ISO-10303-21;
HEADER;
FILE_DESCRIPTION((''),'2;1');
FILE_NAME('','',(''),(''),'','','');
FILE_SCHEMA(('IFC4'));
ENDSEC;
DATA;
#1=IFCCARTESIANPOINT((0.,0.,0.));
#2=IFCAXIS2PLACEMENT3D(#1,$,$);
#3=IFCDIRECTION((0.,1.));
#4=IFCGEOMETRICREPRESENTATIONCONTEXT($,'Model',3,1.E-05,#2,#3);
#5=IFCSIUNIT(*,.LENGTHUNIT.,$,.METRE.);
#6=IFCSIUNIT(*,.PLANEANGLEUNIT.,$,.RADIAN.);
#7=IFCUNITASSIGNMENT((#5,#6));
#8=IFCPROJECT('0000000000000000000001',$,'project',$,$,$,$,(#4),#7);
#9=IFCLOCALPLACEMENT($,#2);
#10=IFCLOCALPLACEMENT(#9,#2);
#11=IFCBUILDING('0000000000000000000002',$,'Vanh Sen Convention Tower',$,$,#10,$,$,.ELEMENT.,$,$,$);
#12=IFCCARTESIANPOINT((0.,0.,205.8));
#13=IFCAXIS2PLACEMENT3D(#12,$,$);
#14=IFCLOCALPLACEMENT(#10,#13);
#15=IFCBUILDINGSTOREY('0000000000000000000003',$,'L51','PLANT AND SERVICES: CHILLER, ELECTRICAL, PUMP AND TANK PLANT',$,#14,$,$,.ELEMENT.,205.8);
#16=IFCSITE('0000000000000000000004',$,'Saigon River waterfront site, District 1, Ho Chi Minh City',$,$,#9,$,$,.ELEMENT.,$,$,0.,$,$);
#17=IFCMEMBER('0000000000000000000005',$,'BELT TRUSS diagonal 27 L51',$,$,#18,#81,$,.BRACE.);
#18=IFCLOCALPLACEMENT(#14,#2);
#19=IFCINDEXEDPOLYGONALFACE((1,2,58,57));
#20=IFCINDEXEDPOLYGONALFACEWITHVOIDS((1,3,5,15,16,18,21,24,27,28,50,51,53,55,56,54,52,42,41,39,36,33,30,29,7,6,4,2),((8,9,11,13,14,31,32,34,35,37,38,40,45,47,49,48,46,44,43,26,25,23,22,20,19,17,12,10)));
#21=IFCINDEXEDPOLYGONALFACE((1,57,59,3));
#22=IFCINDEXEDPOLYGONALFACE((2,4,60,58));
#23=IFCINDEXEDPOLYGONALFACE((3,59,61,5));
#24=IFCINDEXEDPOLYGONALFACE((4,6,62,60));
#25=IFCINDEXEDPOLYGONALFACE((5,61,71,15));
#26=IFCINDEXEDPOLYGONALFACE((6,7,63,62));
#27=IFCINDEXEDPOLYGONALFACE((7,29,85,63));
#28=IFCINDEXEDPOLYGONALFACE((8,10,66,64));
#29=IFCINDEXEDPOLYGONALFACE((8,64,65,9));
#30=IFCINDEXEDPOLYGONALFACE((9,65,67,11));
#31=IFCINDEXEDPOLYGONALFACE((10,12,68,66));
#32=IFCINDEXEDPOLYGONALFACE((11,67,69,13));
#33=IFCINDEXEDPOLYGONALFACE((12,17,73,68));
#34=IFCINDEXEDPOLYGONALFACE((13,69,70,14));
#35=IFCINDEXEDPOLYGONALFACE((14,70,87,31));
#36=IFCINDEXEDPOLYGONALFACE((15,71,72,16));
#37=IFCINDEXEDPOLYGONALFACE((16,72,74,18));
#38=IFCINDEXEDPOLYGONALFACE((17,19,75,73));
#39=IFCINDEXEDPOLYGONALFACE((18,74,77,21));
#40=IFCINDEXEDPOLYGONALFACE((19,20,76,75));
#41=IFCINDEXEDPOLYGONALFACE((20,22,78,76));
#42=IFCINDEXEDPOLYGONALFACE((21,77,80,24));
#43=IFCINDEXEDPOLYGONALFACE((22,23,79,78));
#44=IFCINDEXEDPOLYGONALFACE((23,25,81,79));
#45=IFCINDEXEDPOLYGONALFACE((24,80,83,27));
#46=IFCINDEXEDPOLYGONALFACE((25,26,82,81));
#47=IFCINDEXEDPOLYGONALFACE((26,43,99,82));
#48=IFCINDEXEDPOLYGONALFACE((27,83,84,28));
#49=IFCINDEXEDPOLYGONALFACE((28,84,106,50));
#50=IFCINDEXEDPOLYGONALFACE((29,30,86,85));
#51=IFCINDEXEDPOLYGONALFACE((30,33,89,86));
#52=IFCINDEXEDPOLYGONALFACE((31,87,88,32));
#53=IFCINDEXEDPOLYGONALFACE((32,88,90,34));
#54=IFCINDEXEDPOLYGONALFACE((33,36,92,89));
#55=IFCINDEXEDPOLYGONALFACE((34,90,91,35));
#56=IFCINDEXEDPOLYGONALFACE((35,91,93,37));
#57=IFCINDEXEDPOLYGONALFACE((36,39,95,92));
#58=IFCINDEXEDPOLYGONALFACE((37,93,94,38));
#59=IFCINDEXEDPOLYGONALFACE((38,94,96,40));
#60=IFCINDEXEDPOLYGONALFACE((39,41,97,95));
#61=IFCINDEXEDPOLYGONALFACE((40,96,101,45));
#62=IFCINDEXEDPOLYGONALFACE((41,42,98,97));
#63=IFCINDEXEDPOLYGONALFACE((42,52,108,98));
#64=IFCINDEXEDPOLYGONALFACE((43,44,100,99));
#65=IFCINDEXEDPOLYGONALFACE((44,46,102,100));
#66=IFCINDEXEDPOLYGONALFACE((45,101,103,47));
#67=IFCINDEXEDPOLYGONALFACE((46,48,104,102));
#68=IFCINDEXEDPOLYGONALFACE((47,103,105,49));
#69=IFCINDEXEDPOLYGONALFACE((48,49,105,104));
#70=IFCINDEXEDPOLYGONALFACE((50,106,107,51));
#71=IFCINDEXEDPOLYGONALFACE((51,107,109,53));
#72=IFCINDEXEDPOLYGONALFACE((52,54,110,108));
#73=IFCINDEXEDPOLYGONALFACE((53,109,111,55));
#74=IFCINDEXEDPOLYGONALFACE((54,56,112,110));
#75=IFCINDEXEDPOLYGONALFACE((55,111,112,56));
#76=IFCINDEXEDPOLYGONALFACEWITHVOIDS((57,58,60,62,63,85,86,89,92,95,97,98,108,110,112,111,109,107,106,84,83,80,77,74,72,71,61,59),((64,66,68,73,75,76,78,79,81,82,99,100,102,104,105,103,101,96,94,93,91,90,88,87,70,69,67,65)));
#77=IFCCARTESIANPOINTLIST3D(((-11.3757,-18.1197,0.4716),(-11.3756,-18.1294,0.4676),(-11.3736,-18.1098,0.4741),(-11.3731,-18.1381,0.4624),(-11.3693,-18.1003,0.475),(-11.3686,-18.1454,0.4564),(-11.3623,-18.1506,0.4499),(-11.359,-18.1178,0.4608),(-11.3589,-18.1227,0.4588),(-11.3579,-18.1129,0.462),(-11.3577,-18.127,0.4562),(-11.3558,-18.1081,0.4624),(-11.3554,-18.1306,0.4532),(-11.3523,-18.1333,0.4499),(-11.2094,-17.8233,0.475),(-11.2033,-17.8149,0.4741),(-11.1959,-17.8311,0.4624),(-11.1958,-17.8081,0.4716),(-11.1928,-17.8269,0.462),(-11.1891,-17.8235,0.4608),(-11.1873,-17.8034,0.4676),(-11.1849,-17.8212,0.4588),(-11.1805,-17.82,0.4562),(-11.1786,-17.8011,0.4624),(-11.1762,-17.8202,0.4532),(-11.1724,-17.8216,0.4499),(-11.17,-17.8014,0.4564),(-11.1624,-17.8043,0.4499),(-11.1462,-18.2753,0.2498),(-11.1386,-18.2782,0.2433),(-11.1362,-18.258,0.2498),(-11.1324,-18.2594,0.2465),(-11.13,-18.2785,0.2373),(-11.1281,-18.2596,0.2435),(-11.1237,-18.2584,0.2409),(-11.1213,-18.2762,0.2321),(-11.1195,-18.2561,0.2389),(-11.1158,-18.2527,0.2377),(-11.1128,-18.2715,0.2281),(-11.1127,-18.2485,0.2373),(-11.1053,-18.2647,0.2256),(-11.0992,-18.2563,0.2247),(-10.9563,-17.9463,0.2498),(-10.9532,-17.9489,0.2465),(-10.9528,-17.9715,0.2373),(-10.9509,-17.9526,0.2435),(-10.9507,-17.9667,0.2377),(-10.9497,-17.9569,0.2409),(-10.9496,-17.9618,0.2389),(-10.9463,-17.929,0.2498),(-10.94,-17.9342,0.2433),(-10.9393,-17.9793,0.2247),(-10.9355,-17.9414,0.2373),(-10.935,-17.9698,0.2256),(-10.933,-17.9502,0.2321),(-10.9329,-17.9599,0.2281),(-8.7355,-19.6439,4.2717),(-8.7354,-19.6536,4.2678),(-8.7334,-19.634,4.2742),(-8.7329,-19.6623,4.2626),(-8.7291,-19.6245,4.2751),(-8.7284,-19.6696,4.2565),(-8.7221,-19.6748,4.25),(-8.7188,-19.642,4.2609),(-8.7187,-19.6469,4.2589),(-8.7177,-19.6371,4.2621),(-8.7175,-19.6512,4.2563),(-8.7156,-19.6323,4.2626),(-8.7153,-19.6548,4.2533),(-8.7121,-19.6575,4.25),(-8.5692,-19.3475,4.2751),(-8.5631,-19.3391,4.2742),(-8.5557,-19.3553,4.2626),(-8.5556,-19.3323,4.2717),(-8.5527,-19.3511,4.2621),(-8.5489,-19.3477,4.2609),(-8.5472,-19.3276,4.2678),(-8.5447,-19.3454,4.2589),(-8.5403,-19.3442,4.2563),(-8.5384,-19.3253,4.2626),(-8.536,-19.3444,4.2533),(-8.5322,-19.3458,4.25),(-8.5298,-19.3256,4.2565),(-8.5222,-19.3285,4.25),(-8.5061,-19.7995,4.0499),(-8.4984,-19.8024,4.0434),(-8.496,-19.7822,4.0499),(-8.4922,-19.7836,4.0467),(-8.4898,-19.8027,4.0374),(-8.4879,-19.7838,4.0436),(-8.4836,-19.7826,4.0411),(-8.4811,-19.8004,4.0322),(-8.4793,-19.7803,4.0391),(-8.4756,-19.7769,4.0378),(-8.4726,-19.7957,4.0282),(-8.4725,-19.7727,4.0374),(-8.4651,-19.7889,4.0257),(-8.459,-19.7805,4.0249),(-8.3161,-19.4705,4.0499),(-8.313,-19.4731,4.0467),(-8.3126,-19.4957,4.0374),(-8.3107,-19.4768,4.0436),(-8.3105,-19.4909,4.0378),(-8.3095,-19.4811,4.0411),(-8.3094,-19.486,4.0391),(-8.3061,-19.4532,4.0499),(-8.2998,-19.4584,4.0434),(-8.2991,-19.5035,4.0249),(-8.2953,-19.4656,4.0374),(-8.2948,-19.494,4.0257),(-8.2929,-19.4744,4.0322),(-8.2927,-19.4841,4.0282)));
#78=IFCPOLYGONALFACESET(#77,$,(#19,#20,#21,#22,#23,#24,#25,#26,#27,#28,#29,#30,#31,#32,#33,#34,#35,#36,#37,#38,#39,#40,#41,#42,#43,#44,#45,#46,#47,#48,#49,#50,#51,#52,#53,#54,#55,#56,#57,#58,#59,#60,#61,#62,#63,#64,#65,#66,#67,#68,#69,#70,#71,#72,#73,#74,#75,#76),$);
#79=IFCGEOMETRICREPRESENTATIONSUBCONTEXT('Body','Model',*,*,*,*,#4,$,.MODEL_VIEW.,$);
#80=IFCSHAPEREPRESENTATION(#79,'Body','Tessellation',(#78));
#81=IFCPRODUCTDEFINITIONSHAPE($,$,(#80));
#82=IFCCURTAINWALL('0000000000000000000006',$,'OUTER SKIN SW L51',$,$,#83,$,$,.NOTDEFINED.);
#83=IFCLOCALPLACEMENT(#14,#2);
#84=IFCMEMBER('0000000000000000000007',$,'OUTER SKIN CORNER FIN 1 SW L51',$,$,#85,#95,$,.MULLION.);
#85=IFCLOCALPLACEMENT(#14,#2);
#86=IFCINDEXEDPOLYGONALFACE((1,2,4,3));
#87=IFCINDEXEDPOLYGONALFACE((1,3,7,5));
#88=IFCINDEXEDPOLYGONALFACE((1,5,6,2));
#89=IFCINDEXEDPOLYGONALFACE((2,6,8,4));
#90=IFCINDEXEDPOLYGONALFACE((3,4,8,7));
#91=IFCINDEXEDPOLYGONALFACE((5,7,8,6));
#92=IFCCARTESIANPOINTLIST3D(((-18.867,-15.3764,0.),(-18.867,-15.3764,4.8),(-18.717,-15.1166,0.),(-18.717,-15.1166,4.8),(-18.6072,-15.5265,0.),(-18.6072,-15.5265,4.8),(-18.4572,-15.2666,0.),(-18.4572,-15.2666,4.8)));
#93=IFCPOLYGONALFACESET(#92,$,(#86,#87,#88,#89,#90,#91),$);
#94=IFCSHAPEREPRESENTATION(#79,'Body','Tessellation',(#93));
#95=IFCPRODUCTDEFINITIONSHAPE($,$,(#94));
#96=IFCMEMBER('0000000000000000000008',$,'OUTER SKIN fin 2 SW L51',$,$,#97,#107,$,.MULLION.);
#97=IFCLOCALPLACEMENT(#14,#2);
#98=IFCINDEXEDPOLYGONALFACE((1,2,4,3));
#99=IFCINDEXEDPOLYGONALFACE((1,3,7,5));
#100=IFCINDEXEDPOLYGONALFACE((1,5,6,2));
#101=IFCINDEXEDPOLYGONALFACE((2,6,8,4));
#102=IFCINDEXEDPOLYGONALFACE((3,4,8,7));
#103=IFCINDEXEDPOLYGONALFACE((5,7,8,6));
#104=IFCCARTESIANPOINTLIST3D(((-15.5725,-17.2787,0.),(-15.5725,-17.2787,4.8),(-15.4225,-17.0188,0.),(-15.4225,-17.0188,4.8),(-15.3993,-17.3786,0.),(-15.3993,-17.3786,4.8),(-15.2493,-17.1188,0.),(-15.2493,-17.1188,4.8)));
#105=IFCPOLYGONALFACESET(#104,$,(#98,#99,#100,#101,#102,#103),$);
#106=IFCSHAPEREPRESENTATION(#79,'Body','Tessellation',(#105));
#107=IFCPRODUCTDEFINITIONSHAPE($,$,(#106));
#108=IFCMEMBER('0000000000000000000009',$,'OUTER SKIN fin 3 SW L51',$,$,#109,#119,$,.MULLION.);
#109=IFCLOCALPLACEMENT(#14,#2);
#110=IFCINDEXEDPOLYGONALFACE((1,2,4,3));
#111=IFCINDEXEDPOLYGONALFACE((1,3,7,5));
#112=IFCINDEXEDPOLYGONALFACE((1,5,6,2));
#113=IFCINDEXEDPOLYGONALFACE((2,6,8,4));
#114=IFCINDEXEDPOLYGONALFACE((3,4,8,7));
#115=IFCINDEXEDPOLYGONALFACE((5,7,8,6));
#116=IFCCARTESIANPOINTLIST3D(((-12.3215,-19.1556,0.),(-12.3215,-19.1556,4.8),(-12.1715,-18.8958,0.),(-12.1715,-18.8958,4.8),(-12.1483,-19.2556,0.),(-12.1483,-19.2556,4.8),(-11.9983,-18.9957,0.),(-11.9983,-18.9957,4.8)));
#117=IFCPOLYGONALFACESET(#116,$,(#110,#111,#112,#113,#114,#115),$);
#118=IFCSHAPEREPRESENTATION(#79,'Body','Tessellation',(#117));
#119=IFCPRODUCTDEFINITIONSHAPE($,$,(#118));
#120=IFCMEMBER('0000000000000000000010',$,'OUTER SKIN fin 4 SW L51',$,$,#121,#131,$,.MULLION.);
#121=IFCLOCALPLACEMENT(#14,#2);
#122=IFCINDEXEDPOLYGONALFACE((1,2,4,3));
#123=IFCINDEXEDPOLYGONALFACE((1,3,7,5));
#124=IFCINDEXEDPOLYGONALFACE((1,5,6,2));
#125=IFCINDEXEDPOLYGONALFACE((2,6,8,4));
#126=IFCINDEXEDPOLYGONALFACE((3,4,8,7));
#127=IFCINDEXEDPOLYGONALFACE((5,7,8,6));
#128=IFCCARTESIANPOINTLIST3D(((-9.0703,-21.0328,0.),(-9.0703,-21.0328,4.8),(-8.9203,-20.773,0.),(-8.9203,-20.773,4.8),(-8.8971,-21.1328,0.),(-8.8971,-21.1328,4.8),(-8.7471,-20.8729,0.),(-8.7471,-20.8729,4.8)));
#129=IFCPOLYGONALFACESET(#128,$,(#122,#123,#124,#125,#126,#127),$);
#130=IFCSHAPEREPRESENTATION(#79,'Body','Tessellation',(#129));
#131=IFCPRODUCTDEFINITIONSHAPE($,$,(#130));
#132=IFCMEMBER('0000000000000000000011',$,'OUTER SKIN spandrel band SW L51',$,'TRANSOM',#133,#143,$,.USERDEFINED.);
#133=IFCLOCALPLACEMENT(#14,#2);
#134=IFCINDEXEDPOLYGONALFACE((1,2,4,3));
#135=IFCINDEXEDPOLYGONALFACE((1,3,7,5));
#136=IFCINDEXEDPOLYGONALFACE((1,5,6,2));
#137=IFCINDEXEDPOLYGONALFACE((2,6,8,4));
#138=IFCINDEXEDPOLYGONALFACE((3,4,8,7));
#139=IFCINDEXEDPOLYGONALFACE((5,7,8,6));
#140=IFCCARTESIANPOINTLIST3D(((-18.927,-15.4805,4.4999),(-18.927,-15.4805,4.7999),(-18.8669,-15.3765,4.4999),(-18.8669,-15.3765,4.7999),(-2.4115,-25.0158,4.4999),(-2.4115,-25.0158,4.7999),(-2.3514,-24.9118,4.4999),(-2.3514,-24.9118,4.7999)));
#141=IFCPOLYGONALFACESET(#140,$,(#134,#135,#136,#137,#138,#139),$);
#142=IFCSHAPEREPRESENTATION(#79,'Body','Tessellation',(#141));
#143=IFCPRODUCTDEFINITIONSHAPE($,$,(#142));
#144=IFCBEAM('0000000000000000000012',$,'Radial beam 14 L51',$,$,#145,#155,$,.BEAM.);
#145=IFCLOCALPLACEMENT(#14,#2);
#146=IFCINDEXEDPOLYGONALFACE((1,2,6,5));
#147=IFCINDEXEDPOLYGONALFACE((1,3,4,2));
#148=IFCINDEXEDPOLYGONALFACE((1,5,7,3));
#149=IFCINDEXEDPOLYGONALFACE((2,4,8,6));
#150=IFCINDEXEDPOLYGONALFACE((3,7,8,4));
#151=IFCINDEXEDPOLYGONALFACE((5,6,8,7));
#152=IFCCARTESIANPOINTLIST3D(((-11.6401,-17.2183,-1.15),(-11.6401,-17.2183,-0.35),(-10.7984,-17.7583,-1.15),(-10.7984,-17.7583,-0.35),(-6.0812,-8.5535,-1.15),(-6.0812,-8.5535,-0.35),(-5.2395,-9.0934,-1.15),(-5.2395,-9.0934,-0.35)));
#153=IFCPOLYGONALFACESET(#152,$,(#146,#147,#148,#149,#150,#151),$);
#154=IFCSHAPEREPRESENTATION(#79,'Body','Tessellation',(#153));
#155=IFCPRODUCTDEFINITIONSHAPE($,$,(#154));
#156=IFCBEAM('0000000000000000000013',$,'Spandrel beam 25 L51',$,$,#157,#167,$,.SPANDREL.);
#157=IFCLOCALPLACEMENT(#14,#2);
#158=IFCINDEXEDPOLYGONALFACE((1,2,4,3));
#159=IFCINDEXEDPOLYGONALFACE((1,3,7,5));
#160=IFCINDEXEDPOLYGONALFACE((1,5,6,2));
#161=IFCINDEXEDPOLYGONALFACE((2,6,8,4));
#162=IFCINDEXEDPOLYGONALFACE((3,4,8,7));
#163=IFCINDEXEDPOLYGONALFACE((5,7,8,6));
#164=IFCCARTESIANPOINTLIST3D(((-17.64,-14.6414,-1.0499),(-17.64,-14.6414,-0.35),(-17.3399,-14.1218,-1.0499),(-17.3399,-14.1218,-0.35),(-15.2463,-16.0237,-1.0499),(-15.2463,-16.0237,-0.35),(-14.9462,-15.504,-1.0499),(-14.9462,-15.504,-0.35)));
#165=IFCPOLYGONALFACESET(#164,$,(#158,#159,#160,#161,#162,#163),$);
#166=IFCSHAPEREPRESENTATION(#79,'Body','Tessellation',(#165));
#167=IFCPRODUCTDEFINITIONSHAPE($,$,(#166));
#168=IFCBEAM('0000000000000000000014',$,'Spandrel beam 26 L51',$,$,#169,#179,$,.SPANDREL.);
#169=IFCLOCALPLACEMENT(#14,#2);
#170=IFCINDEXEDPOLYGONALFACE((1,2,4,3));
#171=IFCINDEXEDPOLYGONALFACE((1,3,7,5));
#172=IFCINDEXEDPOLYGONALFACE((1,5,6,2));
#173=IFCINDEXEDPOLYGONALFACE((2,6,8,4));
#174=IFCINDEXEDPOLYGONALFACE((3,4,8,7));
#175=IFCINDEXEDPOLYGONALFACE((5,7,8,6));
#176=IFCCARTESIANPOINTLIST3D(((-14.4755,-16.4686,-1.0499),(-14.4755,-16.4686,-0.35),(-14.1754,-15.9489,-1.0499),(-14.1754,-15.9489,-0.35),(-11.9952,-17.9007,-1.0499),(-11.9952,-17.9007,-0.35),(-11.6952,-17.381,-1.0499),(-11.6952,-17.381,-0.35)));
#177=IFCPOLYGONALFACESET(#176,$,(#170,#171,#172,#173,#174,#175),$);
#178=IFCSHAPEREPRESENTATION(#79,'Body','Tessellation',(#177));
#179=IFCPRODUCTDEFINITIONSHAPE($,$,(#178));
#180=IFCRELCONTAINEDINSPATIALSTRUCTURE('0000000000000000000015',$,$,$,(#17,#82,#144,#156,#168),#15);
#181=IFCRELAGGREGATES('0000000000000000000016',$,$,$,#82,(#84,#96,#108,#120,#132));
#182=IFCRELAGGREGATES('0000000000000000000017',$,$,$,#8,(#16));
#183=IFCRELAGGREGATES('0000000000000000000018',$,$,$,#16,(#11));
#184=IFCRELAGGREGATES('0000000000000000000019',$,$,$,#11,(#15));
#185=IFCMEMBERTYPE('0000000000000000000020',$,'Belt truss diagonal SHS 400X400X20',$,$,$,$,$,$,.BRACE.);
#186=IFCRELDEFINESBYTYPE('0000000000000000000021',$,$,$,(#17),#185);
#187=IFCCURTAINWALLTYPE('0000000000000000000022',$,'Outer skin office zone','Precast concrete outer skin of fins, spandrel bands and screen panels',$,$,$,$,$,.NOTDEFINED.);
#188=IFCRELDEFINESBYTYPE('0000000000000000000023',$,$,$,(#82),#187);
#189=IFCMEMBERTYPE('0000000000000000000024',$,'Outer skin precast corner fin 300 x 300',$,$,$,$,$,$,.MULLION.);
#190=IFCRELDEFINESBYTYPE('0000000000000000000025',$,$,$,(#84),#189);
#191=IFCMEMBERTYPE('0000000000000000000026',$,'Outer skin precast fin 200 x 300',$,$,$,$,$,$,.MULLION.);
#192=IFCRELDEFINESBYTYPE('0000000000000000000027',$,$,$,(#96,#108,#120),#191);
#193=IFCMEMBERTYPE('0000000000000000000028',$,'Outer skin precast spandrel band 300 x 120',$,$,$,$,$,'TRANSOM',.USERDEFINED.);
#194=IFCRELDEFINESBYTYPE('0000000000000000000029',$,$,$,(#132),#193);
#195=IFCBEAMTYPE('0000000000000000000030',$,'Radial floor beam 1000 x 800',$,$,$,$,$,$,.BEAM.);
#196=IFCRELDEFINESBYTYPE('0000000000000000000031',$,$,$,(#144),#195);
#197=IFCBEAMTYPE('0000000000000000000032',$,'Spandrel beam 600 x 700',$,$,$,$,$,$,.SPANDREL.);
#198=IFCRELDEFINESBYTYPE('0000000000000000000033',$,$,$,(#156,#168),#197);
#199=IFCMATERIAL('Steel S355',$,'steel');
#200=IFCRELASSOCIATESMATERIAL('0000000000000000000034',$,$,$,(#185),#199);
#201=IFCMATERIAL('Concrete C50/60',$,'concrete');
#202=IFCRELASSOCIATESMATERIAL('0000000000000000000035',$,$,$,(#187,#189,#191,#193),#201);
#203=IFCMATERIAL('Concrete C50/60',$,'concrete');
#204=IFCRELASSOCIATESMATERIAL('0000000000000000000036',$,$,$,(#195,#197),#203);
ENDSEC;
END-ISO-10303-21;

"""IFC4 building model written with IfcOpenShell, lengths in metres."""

from ifc_helpers import new_model, si_unit, direction, frame, origin, origin_2d, place, context, subcontext, project, spatial, rectangle, hollow_rectangle, extrude, material, material_profile, profile_set, type_object, element, aggregate, save


model = new_model("IFC4")

# Units and contexts
model_context = context("Model", 3, precision=1e-05, world=origin(), true_north=direction((0.0, 1.0)))
body_context = subcontext(model_context, "Body", "Model", "MODEL_VIEW")
ifc_project = project(units=[si_unit("LENGTHUNIT", "METRE"), si_unit("PLANEANGLEUNIT", "RADIAN")], contexts=[model_context])

# Site, building, storey
site_placement = place(None, origin())
site = spatial("IfcSite", under=ifc_project, at=site_placement, Name="Saigon River waterfront site, District 1, Ho Chi Minh City", CompositionType="ELEMENT", RefElevation=0.0)
building_placement = place(site_placement, origin())
building = spatial("IfcBuilding", under=site, at=building_placement, Name="Vanh Sen Convention Tower", CompositionType="ELEMENT")
storey_placement = place(building_placement, frame((0.0, 0.0, 205.8)))
storey = spatial("IfcBuildingStorey", under=building, at=storey_placement, Name="L51", Description="PLANT AND SERVICES: CHILLER, ELECTRICAL, PUMP AND TANK PLANT", CompositionType="ELEMENT", Elevation=205.8)

# Member
ifc_material_1 = material(Name="Steel S355", Category="steel")
ifc_material_profile_1 = material_profile(ifc_material_1, hollow_rectangle(XDim=0.3999, YDim=0.3999, WallThickness=0.02, InnerFilletRadius=0.02, OuterFilletRadius=0.04, at=origin_2d()), Name="SHS 400X400X20")
ifc_profile_set_1 = profile_set([ifc_material_profile_1], Name="Steel S355")
member_type_1 = type_object("IfcMemberType", Name="Belt truss diagonal SHS 400X400X20", PredefinedType="BRACE", material=ifc_profile_set_1)
for number, where, z_axis, x_axis, name in (
    (1, (-11.1543, -18.0398, 0.3499), (0.54193, -0.31286, 0.78002), (0.499972, 0.866042, 0.0), "BELT TRUSS diagonal 27 L51"),
):
    element("IfcMember", number, at=place(storey_placement, frame(where, z_axis=z_axis, x_axis=x_axis)), inside=storey, type_object=member_type_1, Name=name, PredefinedType="BRACE", context=body_context, shape_type="SweptSolid", body=[
        extrude(hollow_rectangle(XDim=0.3999, YDim=0.3999, WallThickness=0.02, InnerFilletRadius=0.02, OuterFilletRadius=0.04, at=origin_2d()), origin(), (0.0, 0.0, 1.0), 4.8718),
    ])

# Curtain wall, members
ifc_material_2 = material(Name="Concrete C50/60", Category="concrete")
curtain_wall_type = type_object("IfcCurtainWallType", Name="Outer skin office zone", Description="Precast concrete outer skin of fins, spandrel bands and screen panels", PredefinedType="NOTDEFINED", material=ifc_material_2)
curtain_wall_placement = place(storey_placement, origin())
curtain_wall = element("IfcCurtainWall", 2, at=curtain_wall_placement, inside=storey, type_object=curtain_wall_type, Name="OUTER SKIN SW L51", PredefinedType="NOTDEFINED")
ifc_material_profile_2 = material_profile(ifc_material_2, rectangle(XDim=0.3, YDim=0.3, at=origin_2d()), Name="Outer skin precast corner fin 300 x 300")
ifc_profile_set_2 = profile_set([ifc_material_profile_2], Name="Concrete C50/60")
member_type_2 = type_object("IfcMemberType", Name="Outer skin precast corner fin 300 x 300", PredefinedType="MULLION", material=ifc_profile_set_2)
member_1_placement = place(storey_placement, frame((-18.6621, -15.3215, 0.0), z_axis=(0.0, 0.0, 1.0), x_axis=(0.866025, -0.5, 0.0)))
member_1 = element("IfcMember", 3, at=member_1_placement, type_object=member_type_2, Name="OUTER SKIN CORNER FIN 1 SW L51", PredefinedType="MULLION", context=body_context, shape_type="SweptSolid", body=[
    extrude(rectangle(XDim=0.3, YDim=0.3, at=origin_2d()), origin(), (0.0, 0.0, 1.0), 4.8),
])
ifc_material_profile_3 = material_profile(ifc_material_2, rectangle(XDim=0.2, YDim=0.3, at=origin_2d()), Name="Outer skin precast fin 200 x 300")
ifc_profile_set_3 = profile_set([ifc_material_profile_3], Name="Concrete C50/60")
member_type_3 = type_object("IfcMemberType", Name="Outer skin precast fin 200 x 300", PredefinedType="MULLION", material=ifc_profile_set_3)
member_2_placement = place(storey_placement, frame((-15.4109, -17.1987, 0.0), z_axis=(0.0, 0.0, 1.0), x_axis=(0.866025, -0.5, 0.0)))
member_2 = element("IfcMember", 4, at=member_2_placement, type_object=member_type_3, Name="OUTER SKIN fin 2 SW L51", PredefinedType="MULLION", context=body_context, shape_type="SweptSolid", body=[
    extrude(rectangle(XDim=0.2, YDim=0.3, at=origin_2d()), origin(), (0.0, 0.0, 1.0), 4.8),
])
member_3_placement = place(storey_placement, frame((-12.1599, -19.0757, 0.0), z_axis=(0.0, 0.0, 1.0), x_axis=(0.866025, -0.5, 0.0)))
member_3 = element("IfcMember", 5, at=member_3_placement, type_object=member_type_3, Name="OUTER SKIN fin 3 SW L51", PredefinedType="MULLION", context=body_context, shape_type="SweptSolid", body=[
    extrude(rectangle(XDim=0.2, YDim=0.3, at=origin_2d()), origin(), (0.0, 0.0, 1.0), 4.8),
])
member_4_placement = place(storey_placement, frame((-8.9087, -20.9529, 0.0), z_axis=(0.0, 0.0, 1.0), x_axis=(0.866025, -0.5, 0.0)))
member_4 = element("IfcMember", 6, at=member_4_placement, type_object=member_type_3, Name="OUTER SKIN fin 4 SW L51", PredefinedType="MULLION", context=body_context, shape_type="SweptSolid", body=[
    extrude(rectangle(XDim=0.2, YDim=0.3, at=origin_2d()), origin(), (0.0, 0.0, 1.0), 4.8),
])
ifc_material_profile_4 = material_profile(ifc_material_2, rectangle(XDim=0.1201, YDim=0.3, at=origin_2d()), Name="Outer skin precast spandrel band 300 x 120")
ifc_profile_set_4 = profile_set([ifc_material_profile_4], Name="Concrete C50/60")
member_type_4 = type_object("IfcMemberType", Name="Outer skin precast spandrel band 300 x 120", ElementType="TRANSOM", PredefinedType="USERDEFINED", material=ifc_profile_set_4)
member_5_placement = place(storey_placement, frame((-18.897, -15.4285, 4.6499), z_axis=(0.866023, -0.500004, 0.0), x_axis=(0.500004, 0.866023, 0.0)))
member_5 = element("IfcMember", 7, at=member_5_placement, type_object=member_type_4, Name="OUTER SKIN spandrel band SW L51", ObjectType="TRANSOM", PredefinedType="USERDEFINED", context=body_context, shape_type="SweptSolid", body=[
    extrude(rectangle(XDim=0.1201, YDim=0.3, at=origin_2d()), origin(), (0.0, 0.0, 1.0), 19.0706),
])

# Beams
ifc_material_3 = material(Name="Concrete C50/60", Category="concrete")
ifc_material_profile_5 = material_profile(ifc_material_3, rectangle(XDim=1.0, YDim=0.8, at=origin_2d()), Name="RC 1000X800")
ifc_profile_set_5 = profile_set([ifc_material_profile_5], Name="Concrete C50/60")
beam_type_1 = type_object("IfcBeamType", Name="Radial floor beam 1000 x 800", PredefinedType="BEAM", material=ifc_profile_set_5)
beam_1_placement = place(storey_placement, frame((-11.2192, -17.4883, -0.75), z_axis=(0.539975, 0.841681, 0.0), x_axis=(-0.841681, 0.539975, 0.0)))
element("IfcBeam", 8, at=beam_1_placement, inside=storey, type_object=beam_type_1, Name="Radial beam 14 L51", PredefinedType="BEAM", context=body_context, shape_type="SweptSolid", body=[
    extrude(rectangle(XDim=1.0, YDim=0.8, at=origin_2d()), origin(), (0.0, 0.0, 1.0), 10.2947),
])
ifc_material_profile_6 = material_profile(ifc_material_3, rectangle(XDim=0.6001, YDim=0.7, at=origin_2d()), Name="RC 600X700")
ifc_profile_set_6 = profile_set([ifc_material_profile_6], Name="Concrete C50/60")
beam_type_2 = type_object("IfcBeamType", Name="Spandrel beam 600 x 700", PredefinedType="SPANDREL", material=ifc_profile_set_6)
beam_2_placement = place(storey_placement, frame((-17.49, -14.3816, -0.7), z_axis=(0.865984, -0.500072, 0.0), x_axis=(0.500072, 0.865984, 0.0)))
element("IfcBeam", 9, at=beam_2_placement, inside=storey, type_object=beam_type_2, Name="Spandrel beam 25 L51", PredefinedType="SPANDREL", context=body_context, shape_type="SweptSolid", body=[
    extrude(rectangle(XDim=0.6001, YDim=0.7, at=origin_2d()), origin(), (0.0, 0.0, 1.0), 2.7642),
])
beam_3_placement = place(storey_placement, frame((-14.3254, -16.2087, -0.7), z_axis=(0.866, -0.500045, 0.0), x_axis=(0.500045, 0.866, 0.0)))
element("IfcBeam", 10, at=beam_3_placement, inside=storey, type_object=beam_type_2, Name="Spandrel beam 26 L51", PredefinedType="SPANDREL", context=body_context, shape_type="SweptSolid", body=[
    extrude(rectangle(XDim=0.6001, YDim=0.7, at=origin_2d()), origin(), (0.0, 0.0, 1.0), 2.864),
])

aggregate(curtain_wall, [member_1, member_2, member_3, member_4, member_5])

save(model, "model.ifc")
